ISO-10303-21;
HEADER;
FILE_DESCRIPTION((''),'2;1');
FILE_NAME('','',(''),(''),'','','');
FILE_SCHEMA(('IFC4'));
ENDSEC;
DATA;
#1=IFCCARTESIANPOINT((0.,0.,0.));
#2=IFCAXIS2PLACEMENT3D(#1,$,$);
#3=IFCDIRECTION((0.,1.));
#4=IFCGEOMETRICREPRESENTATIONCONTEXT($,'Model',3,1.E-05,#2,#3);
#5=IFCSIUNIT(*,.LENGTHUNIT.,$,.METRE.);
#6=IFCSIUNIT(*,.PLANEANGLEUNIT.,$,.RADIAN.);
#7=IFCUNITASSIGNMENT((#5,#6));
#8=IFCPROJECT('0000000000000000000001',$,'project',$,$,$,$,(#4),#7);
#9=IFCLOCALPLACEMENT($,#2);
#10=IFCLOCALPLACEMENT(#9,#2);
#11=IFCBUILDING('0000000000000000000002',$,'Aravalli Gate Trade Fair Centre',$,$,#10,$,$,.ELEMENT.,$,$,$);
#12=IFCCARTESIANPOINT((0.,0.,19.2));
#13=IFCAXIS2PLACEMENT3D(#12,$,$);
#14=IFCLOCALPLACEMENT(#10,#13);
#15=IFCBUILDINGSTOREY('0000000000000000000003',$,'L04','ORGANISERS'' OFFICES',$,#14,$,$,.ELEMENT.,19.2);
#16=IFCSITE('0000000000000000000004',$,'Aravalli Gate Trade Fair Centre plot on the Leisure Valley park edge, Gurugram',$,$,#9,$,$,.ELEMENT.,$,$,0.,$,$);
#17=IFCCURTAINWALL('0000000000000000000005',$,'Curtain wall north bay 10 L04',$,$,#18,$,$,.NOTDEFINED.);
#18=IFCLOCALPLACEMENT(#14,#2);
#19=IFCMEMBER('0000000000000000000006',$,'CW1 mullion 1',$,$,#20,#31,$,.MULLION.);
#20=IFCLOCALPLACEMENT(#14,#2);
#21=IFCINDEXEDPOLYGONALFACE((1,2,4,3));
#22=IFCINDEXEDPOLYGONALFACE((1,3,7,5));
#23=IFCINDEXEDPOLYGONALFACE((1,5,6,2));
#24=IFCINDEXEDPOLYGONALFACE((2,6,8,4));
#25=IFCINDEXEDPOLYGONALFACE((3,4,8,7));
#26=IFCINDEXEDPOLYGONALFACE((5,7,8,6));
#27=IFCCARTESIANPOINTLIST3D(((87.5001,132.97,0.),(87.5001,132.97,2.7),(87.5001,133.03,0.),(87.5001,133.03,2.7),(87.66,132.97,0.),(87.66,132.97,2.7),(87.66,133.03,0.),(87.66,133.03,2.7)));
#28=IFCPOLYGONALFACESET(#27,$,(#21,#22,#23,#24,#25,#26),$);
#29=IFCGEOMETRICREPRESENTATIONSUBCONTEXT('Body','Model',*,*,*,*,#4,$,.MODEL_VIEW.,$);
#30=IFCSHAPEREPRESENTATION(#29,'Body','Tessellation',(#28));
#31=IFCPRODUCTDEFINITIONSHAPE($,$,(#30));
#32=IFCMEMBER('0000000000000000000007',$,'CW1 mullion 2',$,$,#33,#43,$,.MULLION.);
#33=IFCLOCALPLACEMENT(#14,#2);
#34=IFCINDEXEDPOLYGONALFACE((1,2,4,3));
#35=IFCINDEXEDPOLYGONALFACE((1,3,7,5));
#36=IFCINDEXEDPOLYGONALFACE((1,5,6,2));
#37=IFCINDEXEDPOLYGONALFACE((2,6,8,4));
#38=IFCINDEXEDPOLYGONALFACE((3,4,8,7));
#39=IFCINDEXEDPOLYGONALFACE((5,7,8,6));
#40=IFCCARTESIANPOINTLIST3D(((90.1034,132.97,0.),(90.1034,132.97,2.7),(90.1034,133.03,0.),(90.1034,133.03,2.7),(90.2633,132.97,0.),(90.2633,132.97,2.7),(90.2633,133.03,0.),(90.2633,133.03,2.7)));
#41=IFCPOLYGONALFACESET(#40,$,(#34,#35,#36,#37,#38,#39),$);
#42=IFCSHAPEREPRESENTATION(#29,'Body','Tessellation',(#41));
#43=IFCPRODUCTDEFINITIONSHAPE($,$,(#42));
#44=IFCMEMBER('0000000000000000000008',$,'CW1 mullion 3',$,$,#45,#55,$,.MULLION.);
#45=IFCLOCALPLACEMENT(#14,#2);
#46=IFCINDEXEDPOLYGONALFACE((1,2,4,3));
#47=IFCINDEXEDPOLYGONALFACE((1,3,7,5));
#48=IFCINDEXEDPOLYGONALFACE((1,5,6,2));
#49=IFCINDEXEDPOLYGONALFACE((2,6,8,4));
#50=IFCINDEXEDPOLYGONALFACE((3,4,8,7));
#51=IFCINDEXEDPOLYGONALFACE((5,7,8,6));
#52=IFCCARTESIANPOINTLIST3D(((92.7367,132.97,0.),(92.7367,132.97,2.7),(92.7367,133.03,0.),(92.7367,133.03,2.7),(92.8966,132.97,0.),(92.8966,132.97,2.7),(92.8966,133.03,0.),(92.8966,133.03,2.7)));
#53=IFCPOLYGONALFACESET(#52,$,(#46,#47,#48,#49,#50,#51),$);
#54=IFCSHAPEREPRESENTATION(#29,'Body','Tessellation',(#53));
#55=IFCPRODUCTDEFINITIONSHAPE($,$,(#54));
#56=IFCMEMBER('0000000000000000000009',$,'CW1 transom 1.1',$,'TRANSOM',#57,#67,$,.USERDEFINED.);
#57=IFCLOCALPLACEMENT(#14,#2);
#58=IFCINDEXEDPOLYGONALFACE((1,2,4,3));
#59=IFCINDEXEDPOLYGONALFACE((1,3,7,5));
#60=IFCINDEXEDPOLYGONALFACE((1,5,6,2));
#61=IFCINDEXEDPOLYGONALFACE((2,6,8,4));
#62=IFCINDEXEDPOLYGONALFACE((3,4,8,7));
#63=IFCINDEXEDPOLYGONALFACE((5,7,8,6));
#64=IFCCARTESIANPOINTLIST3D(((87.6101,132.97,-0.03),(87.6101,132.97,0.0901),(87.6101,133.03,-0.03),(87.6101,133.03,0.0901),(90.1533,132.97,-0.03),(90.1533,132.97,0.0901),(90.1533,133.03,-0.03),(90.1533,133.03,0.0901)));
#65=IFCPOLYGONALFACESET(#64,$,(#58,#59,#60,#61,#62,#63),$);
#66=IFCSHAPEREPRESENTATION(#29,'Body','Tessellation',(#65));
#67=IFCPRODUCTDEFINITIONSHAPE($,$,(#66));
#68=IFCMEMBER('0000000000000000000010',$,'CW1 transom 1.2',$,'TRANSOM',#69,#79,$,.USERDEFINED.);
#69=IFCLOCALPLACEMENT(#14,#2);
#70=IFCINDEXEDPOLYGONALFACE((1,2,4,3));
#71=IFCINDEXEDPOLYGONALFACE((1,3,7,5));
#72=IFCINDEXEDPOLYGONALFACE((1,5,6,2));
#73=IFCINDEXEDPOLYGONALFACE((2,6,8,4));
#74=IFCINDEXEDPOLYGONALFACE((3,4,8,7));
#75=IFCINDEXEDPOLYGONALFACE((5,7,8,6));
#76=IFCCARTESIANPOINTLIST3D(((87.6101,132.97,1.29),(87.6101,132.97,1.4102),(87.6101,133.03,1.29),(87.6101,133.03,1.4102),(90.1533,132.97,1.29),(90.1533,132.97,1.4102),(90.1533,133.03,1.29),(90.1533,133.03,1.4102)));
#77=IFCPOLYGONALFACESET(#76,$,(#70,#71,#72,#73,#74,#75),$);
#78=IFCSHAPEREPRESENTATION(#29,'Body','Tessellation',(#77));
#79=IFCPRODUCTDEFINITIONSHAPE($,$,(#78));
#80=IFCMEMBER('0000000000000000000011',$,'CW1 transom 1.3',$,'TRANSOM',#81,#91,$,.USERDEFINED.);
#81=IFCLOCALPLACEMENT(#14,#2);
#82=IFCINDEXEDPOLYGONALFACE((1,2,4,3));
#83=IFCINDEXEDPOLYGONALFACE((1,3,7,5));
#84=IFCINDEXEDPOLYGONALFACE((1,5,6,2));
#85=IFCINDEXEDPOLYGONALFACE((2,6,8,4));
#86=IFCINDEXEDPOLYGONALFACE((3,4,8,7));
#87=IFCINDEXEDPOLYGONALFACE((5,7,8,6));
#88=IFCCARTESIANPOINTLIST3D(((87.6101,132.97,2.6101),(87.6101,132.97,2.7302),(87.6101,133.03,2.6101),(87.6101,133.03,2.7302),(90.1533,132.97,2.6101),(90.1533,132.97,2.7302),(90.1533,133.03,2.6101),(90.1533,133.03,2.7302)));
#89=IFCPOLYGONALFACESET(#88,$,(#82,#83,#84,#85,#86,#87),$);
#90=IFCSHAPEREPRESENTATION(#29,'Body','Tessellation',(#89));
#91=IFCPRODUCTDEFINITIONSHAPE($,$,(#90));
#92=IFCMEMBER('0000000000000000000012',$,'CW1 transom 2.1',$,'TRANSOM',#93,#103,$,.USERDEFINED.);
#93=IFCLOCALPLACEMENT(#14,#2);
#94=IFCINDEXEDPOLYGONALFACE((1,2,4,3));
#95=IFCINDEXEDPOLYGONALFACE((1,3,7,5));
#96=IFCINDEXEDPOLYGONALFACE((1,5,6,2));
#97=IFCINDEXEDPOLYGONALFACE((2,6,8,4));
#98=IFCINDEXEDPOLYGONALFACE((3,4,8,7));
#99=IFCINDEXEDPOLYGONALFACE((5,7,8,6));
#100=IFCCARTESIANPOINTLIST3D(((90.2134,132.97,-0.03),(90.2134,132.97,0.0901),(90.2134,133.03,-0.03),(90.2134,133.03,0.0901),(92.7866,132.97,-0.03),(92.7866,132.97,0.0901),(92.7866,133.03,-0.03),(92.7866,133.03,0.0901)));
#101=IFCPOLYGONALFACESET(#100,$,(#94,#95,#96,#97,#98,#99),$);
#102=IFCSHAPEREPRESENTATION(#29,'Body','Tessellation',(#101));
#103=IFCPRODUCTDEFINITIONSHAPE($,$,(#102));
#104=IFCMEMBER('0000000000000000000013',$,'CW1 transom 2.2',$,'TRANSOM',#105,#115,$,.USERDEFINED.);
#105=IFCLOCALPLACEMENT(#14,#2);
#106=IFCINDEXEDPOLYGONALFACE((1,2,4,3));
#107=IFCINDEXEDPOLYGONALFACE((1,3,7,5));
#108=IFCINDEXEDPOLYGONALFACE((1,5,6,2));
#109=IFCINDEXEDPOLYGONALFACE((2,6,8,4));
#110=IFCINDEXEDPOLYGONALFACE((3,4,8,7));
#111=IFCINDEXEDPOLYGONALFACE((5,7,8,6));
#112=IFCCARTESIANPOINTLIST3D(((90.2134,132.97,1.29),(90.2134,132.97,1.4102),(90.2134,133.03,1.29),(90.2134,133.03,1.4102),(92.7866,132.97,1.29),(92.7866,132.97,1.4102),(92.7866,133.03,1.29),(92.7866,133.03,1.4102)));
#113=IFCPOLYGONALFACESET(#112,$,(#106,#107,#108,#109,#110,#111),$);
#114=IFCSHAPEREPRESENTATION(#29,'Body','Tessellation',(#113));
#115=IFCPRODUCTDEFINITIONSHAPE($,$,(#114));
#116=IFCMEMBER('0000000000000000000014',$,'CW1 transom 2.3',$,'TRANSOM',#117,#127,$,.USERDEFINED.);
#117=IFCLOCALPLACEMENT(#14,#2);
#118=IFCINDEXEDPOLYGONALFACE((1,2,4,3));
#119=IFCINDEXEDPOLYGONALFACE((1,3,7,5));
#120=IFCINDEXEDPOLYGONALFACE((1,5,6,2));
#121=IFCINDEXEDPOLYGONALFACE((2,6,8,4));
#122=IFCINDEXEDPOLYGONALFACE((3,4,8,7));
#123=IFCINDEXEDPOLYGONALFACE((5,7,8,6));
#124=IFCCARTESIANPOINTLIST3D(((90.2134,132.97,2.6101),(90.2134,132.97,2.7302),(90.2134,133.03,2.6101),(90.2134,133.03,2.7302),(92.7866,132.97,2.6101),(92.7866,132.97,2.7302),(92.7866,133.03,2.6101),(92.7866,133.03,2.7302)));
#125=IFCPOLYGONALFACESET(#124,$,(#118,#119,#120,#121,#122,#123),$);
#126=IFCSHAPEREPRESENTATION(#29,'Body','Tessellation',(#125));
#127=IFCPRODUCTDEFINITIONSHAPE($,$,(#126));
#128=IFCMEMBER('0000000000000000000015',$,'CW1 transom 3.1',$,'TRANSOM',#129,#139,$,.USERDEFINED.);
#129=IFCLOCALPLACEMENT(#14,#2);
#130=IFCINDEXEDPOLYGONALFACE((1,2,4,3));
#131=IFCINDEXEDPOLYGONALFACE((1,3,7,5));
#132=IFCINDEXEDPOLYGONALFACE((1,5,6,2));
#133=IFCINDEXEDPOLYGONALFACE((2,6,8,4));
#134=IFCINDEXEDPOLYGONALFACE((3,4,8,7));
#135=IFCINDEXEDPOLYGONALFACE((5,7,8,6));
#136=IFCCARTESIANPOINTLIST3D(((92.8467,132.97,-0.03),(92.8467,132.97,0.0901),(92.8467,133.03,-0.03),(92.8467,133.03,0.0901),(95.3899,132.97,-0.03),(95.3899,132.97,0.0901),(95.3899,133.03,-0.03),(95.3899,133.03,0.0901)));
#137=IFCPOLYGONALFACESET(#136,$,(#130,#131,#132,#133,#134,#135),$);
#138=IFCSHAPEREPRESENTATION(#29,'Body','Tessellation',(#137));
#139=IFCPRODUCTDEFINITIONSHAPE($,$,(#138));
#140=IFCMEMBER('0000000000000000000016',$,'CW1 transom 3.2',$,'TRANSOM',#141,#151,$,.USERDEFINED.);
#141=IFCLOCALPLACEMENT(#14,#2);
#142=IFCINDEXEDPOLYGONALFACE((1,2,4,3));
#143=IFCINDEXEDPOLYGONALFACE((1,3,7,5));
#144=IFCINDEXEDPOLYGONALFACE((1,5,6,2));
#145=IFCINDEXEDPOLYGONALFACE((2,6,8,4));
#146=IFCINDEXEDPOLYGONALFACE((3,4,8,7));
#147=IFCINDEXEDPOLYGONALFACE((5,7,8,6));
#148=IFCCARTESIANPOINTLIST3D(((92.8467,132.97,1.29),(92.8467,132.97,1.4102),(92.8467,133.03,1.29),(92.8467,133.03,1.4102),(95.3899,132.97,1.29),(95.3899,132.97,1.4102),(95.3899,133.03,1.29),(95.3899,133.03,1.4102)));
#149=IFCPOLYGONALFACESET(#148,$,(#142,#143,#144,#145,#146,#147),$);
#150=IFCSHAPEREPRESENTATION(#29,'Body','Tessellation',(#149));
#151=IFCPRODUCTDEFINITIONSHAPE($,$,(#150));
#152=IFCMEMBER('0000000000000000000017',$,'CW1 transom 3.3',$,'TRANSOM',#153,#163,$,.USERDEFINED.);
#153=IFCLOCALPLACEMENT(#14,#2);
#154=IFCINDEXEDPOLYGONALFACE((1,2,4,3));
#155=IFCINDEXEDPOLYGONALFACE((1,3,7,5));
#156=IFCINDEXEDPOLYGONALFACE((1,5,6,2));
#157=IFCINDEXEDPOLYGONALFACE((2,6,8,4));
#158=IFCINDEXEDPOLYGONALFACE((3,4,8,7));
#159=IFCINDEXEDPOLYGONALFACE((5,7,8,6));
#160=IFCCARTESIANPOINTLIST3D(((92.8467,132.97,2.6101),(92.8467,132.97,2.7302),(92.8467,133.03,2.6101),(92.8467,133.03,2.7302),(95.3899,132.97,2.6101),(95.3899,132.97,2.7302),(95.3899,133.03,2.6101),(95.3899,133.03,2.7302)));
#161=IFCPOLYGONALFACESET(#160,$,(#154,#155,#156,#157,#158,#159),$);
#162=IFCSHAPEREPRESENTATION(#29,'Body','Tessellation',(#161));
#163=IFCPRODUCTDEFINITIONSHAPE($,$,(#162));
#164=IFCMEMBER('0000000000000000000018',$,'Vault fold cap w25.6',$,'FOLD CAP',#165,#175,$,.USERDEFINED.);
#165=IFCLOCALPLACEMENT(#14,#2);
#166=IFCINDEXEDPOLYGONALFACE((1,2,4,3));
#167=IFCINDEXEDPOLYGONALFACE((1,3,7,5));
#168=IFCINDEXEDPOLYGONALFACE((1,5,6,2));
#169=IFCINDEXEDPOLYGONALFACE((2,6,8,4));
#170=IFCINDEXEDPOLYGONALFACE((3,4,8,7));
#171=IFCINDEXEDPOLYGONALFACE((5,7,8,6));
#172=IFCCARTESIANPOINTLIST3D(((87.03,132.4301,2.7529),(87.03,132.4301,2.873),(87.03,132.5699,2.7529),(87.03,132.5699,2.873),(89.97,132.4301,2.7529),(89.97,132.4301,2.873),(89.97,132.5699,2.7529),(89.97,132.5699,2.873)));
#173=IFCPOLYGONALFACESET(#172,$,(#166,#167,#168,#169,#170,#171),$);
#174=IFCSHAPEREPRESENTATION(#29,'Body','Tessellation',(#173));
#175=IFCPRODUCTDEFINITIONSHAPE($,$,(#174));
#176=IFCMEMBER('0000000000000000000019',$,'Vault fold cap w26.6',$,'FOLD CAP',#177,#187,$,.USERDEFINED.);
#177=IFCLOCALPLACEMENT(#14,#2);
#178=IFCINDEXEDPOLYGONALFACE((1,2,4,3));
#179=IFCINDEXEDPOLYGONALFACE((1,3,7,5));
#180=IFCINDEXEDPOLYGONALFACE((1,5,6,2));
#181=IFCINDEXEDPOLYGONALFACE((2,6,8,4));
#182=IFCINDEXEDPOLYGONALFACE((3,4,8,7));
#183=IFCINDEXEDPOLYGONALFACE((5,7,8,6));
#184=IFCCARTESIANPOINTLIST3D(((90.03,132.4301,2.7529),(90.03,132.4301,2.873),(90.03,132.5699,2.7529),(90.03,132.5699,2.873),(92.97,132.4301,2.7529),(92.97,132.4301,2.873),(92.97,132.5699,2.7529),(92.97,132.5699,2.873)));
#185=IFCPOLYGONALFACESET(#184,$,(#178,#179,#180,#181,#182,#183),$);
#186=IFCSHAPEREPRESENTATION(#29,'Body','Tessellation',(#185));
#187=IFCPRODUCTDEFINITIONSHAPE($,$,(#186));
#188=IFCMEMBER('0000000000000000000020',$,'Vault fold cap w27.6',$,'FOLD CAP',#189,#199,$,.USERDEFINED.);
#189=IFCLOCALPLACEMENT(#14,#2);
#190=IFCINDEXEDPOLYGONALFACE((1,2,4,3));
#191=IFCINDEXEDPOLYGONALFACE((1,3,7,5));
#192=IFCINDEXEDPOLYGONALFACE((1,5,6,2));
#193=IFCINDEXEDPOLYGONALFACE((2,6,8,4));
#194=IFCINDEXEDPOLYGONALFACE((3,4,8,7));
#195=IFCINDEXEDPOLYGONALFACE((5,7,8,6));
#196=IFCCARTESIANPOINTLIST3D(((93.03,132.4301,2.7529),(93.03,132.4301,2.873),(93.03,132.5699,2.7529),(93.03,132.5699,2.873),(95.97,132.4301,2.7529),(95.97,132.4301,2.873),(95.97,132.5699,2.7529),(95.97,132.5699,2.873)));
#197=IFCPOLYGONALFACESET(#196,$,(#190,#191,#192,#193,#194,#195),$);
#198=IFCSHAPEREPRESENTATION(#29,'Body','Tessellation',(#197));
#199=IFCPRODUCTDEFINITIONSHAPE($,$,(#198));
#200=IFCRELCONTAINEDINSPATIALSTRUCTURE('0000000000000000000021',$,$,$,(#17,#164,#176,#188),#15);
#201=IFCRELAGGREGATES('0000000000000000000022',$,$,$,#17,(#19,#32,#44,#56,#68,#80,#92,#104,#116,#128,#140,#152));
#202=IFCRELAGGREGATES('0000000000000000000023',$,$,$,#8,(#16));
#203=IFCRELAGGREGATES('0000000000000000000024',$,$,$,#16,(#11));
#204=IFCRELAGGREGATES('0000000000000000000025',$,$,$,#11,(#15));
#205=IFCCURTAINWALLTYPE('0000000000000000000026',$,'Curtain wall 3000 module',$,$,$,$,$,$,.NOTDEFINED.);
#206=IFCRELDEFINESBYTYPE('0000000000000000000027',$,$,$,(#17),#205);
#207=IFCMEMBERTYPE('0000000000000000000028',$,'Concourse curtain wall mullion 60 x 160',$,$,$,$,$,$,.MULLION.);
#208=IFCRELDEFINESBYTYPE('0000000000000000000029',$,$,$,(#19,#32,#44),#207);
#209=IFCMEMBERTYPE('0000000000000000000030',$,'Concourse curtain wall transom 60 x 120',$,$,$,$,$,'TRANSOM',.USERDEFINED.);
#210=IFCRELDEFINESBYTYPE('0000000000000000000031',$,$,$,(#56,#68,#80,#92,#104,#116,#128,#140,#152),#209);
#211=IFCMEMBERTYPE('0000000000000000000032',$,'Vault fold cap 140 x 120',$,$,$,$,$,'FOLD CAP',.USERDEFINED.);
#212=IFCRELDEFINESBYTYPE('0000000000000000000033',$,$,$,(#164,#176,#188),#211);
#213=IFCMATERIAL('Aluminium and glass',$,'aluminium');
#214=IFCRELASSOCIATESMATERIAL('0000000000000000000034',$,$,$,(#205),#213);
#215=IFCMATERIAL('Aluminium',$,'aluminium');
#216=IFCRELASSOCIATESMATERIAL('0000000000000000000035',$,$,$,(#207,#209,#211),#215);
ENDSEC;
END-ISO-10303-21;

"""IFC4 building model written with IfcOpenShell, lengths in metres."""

from ifc_helpers import new_model, si_unit, direction, frame, origin, origin_2d, place, context, subcontext, project, spatial, rectangle, extrude, material, material_profile, profile_set, type_object, element, aggregate, save


model = new_model("IFC4")

# Units and contexts
model_context = context("Model", 3, precision=1e-05, world=origin(), true_north=direction((0.0, 1.0)))
body_context = subcontext(model_context, "Body", "Model", "MODEL_VIEW")
ifc_project = project(units=[si_unit("LENGTHUNIT", "METRE"), si_unit("PLANEANGLEUNIT", "RADIAN")], contexts=[model_context])

# Site, building, storey
site_placement = place(None, origin())
site = spatial("IfcSite", under=ifc_project, at=site_placement, Name="Aravalli Gate Trade Fair Centre plot on the Leisure Valley park edge, Gurugram", CompositionType="ELEMENT", RefElevation=0.0)
building_placement = place(site_placement, origin())
building = spatial("IfcBuilding", under=site, at=building_placement, Name="Aravalli Gate Trade Fair Centre", CompositionType="ELEMENT")
storey_placement = place(building_placement, frame((0.0, 0.0, 19.2)))
storey = spatial("IfcBuildingStorey", under=building, at=storey_placement, Name="L04", Description="ORGANISERS' OFFICES", CompositionType="ELEMENT", Elevation=19.2)

# Curtain wall, members
ifc_material_1 = material(Name="Aluminium and glass", Category="aluminium")
curtain_wall_type_1 = type_object("IfcCurtainWallType", Name="Curtain wall 3000 module", PredefinedType="NOTDEFINED", material=ifc_material_1)
curtain_wall_1_placement = place(storey_placement, origin())
curtain_wall_1 = element("IfcCurtainWall", 1, at=curtain_wall_1_placement, inside=storey, type_object=curtain_wall_type_1, Name="Curtain wall north bay 10 L04", PredefinedType="NOTDEFINED")
ifc_material_2 = material(Name="Aluminium", Category="aluminium")
ifc_material_profile_1 = material_profile(ifc_material_2, rectangle(XDim=0.0601, YDim=0.1599, at=origin_2d()), Name="Concourse curtain wall mullion 60 x 160")
ifc_profile_set_1 = profile_set([ifc_material_profile_1], Name="Aluminium")
member_type_1 = type_object("IfcMemberType", Name="Concourse curtain wall mullion 60 x 160", PredefinedType="MULLION", material=ifc_profile_set_1)
member_1_placement = place(storey_placement, frame((87.5801, 133.0, 0.0), z_axis=(0.0, 0.0, 1.0), x_axis=(0.0, 1.0, 0.0)))
member_1 = element("IfcMember", 2, at=member_1_placement, type_object=member_type_1, Name="CW1 mullion 1", PredefinedType="MULLION", context=body_context, shape_type="SweptSolid", body=[
    extrude(rectangle(XDim=0.0601, YDim=0.1599, at=origin_2d()), origin(), (0.0, 0.0, 1.0), 2.7),
])
member_2_placement = place(storey_placement, frame((90.1833, 133.0, 0.0), z_axis=(0.0, 0.0, 1.0), x_axis=(0.0, 1.0, 0.0)))
member_2 = element("IfcMember", 3, at=member_2_placement, type_object=member_type_1, Name="CW1 mullion 2", PredefinedType="MULLION", context=body_context, shape_type="SweptSolid", body=[
    extrude(rectangle(XDim=0.0601, YDim=0.1599, at=origin_2d()), origin(), (0.0, 0.0, 1.0), 2.7),
])
member_3_placement = place(storey_placement, frame((92.8167, 133.0, 0.0), z_axis=(0.0, 0.0, 1.0), x_axis=(0.0, 1.0, 0.0)))
member_3 = element("IfcMember", 4, at=member_3_placement, type_object=member_type_1, Name="CW1 mullion 3", PredefinedType="MULLION", context=body_context, shape_type="SweptSolid", body=[
    extrude(rectangle(XDim=0.0601, YDim=0.1599, at=origin_2d()), origin(), (0.0, 0.0, 1.0), 2.7),
])
ifc_material_profile_2 = material_profile(ifc_material_2, rectangle(XDim=0.0601, YDim=0.1201, at=origin_2d()), Name="Concourse curtain wall transom 60 x 120")
ifc_profile_set_2 = profile_set([ifc_material_profile_2], Name="Aluminium")
member_type_2 = type_object("IfcMemberType", Name="Concourse curtain wall transom 60 x 120", ElementType="TRANSOM", PredefinedType="USERDEFINED", material=ifc_profile_set_2)
member_4_placement = place(storey_placement, frame((87.6101, 133.0, 0.03), z_axis=(1.0, 0.0, 0.0), x_axis=(0.0, 1.0, 0.0)))
member_4 = element("IfcMember", 5, at=member_4_placement, type_object=member_type_2, Name="CW1 transom 1.1", ObjectType="TRANSOM", PredefinedType="USERDEFINED", context=body_context, shape_type="SweptSolid", body=[
    extrude(rectangle(XDim=0.0601, YDim=0.1201, at=origin_2d()), origin(), (0.0, 0.0, 1.0), 2.5432),
])
member_5_placement = place(storey_placement, frame((87.6101, 133.0, 1.3501), z_axis=(1.0, 0.0, 0.0), x_axis=(0.0, 1.0, 0.0)))
member_5 = element("IfcMember", 6, at=member_5_placement, type_object=member_type_2, Name="CW1 transom 1.2", ObjectType="TRANSOM", PredefinedType="USERDEFINED", context=body_context, shape_type="SweptSolid", body=[
    extrude(rectangle(XDim=0.0601, YDim=0.1201, at=origin_2d()), origin(), (0.0, 0.0, 1.0), 2.5432),
])
member_6_placement = place(storey_placement, frame((87.6101, 133.0, 2.6702), z_axis=(1.0, 0.0, 0.0), x_axis=(0.0, 1.0, 0.0)))
member_6 = element("IfcMember", 7, at=member_6_placement, type_object=member_type_2, Name="CW1 transom 1.3", ObjectType="TRANSOM", PredefinedType="USERDEFINED", context=body_context, shape_type="SweptSolid", body=[
    extrude(rectangle(XDim=0.0601, YDim=0.1201, at=origin_2d()), origin(), (0.0, 0.0, 1.0), 2.5432),
])
member_7_placement = place(storey_placement, frame((90.2134, 133.0, 0.03), z_axis=(1.0, 0.0, 0.0), x_axis=(0.0, 1.0, 0.0)))
member_7 = element("IfcMember", 8, at=member_7_placement, type_object=member_type_2, Name="CW1 transom 2.1", ObjectType="TRANSOM", PredefinedType="USERDEFINED", context=body_context, shape_type="SweptSolid", body=[
    extrude(rectangle(XDim=0.0601, YDim=0.1201, at=origin_2d()), origin(), (0.0, 0.0, 1.0), 2.5732),
])
member_8_placement = place(storey_placement, frame((90.2134, 133.0, 1.3501), z_axis=(1.0, 0.0, 0.0), x_axis=(0.0, 1.0, 0.0)))
member_8 = element("IfcMember", 9, at=member_8_placement, type_object=member_type_2, Name="CW1 transom 2.2", ObjectType="TRANSOM", PredefinedType="USERDEFINED", context=body_context, shape_type="SweptSolid", body=[
    extrude(rectangle(XDim=0.0601, YDim=0.1201, at=origin_2d()), origin(), (0.0, 0.0, 1.0), 2.5732),
])
member_9_placement = place(storey_placement, frame((90.2134, 133.0, 2.6702), z_axis=(1.0, 0.0, 0.0), x_axis=(0.0, 1.0, 0.0)))
member_9 = element("IfcMember", 10, at=member_9_placement, type_object=member_type_2, Name="CW1 transom 2.3", ObjectType="TRANSOM", PredefinedType="USERDEFINED", context=body_context, shape_type="SweptSolid", body=[
    extrude(rectangle(XDim=0.0601, YDim=0.1201, at=origin_2d()), origin(), (0.0, 0.0, 1.0), 2.5732),
])
member_10_placement = place(storey_placement, frame((92.8467, 133.0, 0.03), z_axis=(1.0, 0.0, 0.0), x_axis=(0.0, 1.0, 0.0)))
member_10 = element("IfcMember", 11, at=member_10_placement, type_object=member_type_2, Name="CW1 transom 3.1", ObjectType="TRANSOM", PredefinedType="USERDEFINED", context=body_context, shape_type="SweptSolid", body=[
    extrude(rectangle(XDim=0.0601, YDim=0.1201, at=origin_2d()), origin(), (0.0, 0.0, 1.0), 2.5432),
])
member_11_placement = place(storey_placement, frame((92.8467, 133.0, 1.3501), z_axis=(1.0, 0.0, 0.0), x_axis=(0.0, 1.0, 0.0)))
member_11 = element("IfcMember", 12, at=member_11_placement, type_object=member_type_2, Name="CW1 transom 3.2", ObjectType="TRANSOM", PredefinedType="USERDEFINED", context=body_context, shape_type="SweptSolid", body=[
    extrude(rectangle(XDim=0.0601, YDim=0.1201, at=origin_2d()), origin(), (0.0, 0.0, 1.0), 2.5432),
])
member_12_placement = place(storey_placement, frame((92.8467, 133.0, 2.6702), z_axis=(1.0, 0.0, 0.0), x_axis=(0.0, 1.0, 0.0)))
member_12 = element("IfcMember", 13, at=member_12_placement, type_object=member_type_2, Name="CW1 transom 3.3", ObjectType="TRANSOM", PredefinedType="USERDEFINED", context=body_context, shape_type="SweptSolid", body=[
    extrude(rectangle(XDim=0.0601, YDim=0.1201, at=origin_2d()), origin(), (0.0, 0.0, 1.0), 2.5432),
])

# Members
ifc_material_profile_3 = material_profile(ifc_material_2, rectangle(XDim=0.1399, YDim=0.1201, at=origin_2d()), Name="Vault fold cap 140 x 120")
ifc_profile_set_3 = profile_set([ifc_material_profile_3], Name="Aluminium")
member_type_3 = type_object("IfcMemberType", Name="Vault fold cap 140 x 120", ElementType="FOLD CAP", PredefinedType="USERDEFINED", material=ifc_profile_set_3)
for number, where, z_axis, x_axis, name in (
    (14, (87.03, 132.5, 2.813), (1.0, 0.0, 0.0), (0.0, 1.0, 0.0), "Vault fold cap w25.6"),
    (15, (90.03, 132.5, 2.813), (1.0, 0.0, 0.0), (0.0, 1.0, 0.0), "Vault fold cap w26.6"),
    (16, (93.03, 132.5, 2.813), (1.0, 0.0, 0.0), (0.0, 1.0, 0.0), "Vault fold cap w27.6"),
):
    element("IfcMember", number, at=place(storey_placement, frame(where, z_axis=z_axis, x_axis=x_axis)), inside=storey, type_object=member_type_3, Name=name, ObjectType="FOLD CAP", PredefinedType="USERDEFINED", context=body_context, shape_type="SweptSolid", body=[
        extrude(rectangle(XDim=0.1399, YDim=0.1201, at=origin_2d()), origin(), (0.0, 0.0, 1.0), 2.9399),
    ])

aggregate(curtain_wall_1, [member_1, member_2, member_3, member_4, member_5, member_6, member_7, member_8, member_9, member_10, member_11, member_12])

save(model, "model.ifc")
